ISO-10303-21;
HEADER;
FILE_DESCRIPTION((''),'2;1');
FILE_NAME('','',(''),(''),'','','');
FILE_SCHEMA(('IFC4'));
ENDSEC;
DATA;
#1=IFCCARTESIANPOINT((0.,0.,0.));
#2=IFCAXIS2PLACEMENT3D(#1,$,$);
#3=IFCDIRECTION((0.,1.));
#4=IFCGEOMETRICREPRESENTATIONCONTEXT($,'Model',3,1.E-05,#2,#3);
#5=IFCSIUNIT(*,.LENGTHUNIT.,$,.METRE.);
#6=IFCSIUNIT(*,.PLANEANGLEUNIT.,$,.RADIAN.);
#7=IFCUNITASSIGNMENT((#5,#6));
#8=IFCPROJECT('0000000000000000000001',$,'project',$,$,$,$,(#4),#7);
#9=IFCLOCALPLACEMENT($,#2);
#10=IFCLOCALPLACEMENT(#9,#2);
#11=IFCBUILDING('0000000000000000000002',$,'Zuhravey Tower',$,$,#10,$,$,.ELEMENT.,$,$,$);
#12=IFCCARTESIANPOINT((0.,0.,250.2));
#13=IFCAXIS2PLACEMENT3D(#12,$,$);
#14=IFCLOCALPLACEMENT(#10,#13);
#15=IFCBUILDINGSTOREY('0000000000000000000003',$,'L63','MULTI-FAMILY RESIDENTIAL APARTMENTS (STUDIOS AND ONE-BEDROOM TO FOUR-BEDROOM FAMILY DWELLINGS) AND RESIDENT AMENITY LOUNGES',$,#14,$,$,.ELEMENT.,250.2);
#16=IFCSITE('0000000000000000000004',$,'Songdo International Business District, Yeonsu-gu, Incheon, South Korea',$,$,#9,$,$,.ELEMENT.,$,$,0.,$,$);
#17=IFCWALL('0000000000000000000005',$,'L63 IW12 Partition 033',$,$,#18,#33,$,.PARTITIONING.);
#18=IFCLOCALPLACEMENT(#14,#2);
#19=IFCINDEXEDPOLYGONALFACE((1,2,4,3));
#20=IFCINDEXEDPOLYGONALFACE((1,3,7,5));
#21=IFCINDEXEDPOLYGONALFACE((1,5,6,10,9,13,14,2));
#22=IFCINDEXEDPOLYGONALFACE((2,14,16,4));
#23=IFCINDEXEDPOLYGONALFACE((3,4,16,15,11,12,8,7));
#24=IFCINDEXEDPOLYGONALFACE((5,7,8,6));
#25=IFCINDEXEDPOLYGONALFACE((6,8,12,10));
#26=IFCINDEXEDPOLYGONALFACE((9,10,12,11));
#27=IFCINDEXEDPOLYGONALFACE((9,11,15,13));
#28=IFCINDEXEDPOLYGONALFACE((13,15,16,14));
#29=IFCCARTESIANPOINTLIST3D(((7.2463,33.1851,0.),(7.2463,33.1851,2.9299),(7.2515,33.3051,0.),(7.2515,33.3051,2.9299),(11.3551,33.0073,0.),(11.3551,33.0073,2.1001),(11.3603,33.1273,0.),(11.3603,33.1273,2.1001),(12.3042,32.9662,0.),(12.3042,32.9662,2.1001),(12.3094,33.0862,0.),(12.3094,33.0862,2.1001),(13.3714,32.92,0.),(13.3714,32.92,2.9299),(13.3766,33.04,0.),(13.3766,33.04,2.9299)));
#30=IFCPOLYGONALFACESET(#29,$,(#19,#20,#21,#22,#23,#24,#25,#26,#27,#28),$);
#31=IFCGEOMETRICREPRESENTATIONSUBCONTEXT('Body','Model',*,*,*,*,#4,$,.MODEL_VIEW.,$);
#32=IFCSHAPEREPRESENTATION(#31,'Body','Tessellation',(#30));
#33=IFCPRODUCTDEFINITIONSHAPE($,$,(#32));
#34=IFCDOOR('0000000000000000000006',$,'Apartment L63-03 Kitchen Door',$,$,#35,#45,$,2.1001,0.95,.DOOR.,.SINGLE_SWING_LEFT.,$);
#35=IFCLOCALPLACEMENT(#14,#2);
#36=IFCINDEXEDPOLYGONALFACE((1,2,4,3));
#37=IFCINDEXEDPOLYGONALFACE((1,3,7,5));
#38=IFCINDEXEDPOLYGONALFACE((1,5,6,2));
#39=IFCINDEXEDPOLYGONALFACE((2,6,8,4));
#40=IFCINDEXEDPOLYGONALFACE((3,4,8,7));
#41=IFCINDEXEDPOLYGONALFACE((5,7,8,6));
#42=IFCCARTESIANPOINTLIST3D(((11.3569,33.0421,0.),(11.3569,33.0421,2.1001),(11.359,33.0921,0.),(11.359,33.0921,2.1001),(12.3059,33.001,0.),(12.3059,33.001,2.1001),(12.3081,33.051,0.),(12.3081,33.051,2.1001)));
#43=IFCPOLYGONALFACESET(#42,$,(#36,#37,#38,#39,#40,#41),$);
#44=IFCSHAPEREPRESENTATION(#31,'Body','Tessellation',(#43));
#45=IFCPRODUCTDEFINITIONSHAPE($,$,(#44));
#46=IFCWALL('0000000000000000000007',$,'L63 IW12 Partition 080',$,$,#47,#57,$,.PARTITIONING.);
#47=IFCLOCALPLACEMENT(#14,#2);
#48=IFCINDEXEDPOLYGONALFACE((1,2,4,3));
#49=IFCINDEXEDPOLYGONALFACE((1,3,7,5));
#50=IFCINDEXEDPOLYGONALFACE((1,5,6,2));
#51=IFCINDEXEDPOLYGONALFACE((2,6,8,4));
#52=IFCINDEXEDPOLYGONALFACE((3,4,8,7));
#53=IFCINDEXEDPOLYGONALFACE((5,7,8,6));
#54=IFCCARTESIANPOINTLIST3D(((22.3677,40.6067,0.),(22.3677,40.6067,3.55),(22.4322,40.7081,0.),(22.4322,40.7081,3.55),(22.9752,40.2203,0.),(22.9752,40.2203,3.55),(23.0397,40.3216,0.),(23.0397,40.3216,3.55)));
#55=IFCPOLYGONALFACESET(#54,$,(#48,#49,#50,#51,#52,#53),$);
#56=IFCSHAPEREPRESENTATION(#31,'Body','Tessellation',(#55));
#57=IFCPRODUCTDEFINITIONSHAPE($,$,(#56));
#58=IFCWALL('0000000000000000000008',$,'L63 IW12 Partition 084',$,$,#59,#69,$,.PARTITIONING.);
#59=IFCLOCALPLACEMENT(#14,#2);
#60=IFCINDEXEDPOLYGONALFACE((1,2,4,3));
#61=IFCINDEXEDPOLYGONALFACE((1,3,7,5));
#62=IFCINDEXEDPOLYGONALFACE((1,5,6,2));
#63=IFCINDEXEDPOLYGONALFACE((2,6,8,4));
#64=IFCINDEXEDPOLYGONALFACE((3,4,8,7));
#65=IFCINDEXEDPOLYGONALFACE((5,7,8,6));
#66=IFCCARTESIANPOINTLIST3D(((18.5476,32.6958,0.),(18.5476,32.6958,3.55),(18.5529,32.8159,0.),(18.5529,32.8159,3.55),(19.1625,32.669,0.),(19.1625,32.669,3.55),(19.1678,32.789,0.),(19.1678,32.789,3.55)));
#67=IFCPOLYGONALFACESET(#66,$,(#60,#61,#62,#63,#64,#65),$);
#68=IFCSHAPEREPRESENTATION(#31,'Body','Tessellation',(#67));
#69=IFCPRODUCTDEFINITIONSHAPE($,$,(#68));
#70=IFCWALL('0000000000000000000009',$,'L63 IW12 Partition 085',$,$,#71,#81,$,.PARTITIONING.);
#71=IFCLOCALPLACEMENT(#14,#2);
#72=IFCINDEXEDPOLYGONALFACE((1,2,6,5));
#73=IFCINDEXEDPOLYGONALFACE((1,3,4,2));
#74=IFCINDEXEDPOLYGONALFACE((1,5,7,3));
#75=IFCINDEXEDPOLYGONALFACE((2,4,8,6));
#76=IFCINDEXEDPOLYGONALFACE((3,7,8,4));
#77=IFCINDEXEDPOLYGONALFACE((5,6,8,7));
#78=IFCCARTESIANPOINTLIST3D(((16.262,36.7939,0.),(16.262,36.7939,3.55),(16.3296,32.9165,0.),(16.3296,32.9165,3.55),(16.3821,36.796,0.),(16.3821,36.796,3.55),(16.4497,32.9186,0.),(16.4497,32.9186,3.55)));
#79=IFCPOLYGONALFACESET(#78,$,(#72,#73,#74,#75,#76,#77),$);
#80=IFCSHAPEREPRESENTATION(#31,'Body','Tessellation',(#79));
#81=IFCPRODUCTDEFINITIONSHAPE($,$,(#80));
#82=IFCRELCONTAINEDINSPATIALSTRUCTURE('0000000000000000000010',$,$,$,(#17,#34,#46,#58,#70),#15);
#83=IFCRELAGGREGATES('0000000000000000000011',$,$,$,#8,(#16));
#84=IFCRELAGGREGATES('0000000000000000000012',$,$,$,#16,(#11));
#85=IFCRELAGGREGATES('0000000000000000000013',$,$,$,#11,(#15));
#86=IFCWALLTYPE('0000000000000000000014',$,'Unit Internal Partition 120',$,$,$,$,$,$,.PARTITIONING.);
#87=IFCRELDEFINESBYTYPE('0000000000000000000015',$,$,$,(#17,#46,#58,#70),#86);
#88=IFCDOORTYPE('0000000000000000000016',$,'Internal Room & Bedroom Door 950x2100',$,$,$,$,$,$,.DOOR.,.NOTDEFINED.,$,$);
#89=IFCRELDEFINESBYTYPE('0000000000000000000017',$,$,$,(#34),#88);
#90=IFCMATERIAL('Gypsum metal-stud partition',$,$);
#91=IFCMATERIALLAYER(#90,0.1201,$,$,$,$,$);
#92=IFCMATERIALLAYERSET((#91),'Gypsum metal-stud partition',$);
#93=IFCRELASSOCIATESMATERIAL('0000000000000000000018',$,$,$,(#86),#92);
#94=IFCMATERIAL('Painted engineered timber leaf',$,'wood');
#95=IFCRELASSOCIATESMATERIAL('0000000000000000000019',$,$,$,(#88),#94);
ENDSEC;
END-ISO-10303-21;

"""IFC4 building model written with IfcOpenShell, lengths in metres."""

from ifc_helpers import new_model, si_unit, direction, frame, frame_2d, origin, place, context, subcontext, project, spatial, rectangle, extrude, material, layer, layer_set, type_object, element, fill, save


model = new_model("IFC4")

# Units and contexts
model_context = context("Model", 3, precision=1e-05, world=origin(), true_north=direction((0.0, 1.0)))
body_context = subcontext(model_context, "Body", "Model", "MODEL_VIEW")
ifc_project = project(units=[si_unit("LENGTHUNIT", "METRE"), si_unit("PLANEANGLEUNIT", "RADIAN")], contexts=[model_context])

# Site, building, storey
site_placement = place(None, origin())
site = spatial("IfcSite", under=ifc_project, at=site_placement, Name="Songdo International Business District, Yeonsu-gu, Incheon, South Korea", CompositionType="ELEMENT", RefElevation=0.0)
building_placement = place(site_placement, origin())
building = spatial("IfcBuilding", under=site, at=building_placement, Name="Zuhravey Tower", CompositionType="ELEMENT")
storey_placement = place(building_placement, frame((0.0, 0.0, 250.2)))
storey = spatial("IfcBuildingStorey", under=building, at=storey_placement, Name="L63", Description="MULTI-FAMILY RESIDENTIAL APARTMENTS (STUDIOS AND ONE-BEDROOM TO FOUR-BEDROOM FAMILY DWELLINGS) AND RESIDENT AMENITY LOUNGES", CompositionType="ELEMENT", Elevation=250.2)

# Shared definitions
ifc_material_1 = material(Name="Gypsum metal-stud partition")
ifc_layer_1 = layer(ifc_material_1, 0.1201)
ifc_layer_set_1 = layer_set([ifc_layer_1], Name="Gypsum metal-stud partition")
wall_type_1 = type_object("IfcWallType", Name="Unit Internal Partition 120", PredefinedType="PARTITIONING", material=ifc_layer_set_1)
ifc_material_2 = material(Name="Painted engineered timber leaf", Category="wood")
door_type_1 = type_object("IfcDoorType", Name="Internal Room & Bedroom Door 950x2100", OperationType="NOTDEFINED", PredefinedType="DOOR", material=ifc_material_2)

# Wall, opening, door
wall_1_placement = place(storey_placement, frame((13.374, 32.98, 0.0), z_axis=(0.0, 0.0, 1.0), x_axis=(-0.999064, 0.043245, 0.0)))
wall_1 = element("IfcWall", 1, at=wall_1_placement, inside=storey, type_object=wall_type_1, Name="L63 IW12 Partition 033", PredefinedType="PARTITIONING", context=body_context, shape_type="SweptSolid", body=[
    extrude(rectangle(XDim=6.1309, YDim=0.1201, at=frame_2d((3.0654, 0.0))), origin(), (0.0, 0.0, 1.0), 2.9299),
])
opening_1_placement = place(wall_1_placement, frame((1.0681, 0.0, 0.0)))
opening_1 = element("IfcOpeningElement", 2, at=opening_1_placement, cuts=wall_1, PredefinedType="OPENING", context=body_context, shape_type="SweptSolid", body=[
    extrude(rectangle(XDim=0.95, YDim=2.1001, at=frame_2d((0.4751, 1.05))), frame((0.0, 0.072, 0.0), z_axis=(0.0, -1.0, 0.0), x_axis=(1.0, 0.0, 0.0)), (0.0, 0.0, 1.0), 0.144),
])
door_1_placement = place(opening_1_placement, frame((0.95, 0.0, 0.0), z_axis=(0.0, 0.0, 1.0), x_axis=(-1.0, 0.0, 0.0)))
door_1 = element("IfcDoor", 3, at=door_1_placement, inside=storey, type_object=door_type_1, Name="Apartment L63-03 Kitchen Door", OperationType="SINGLE_SWING_LEFT", OverallHeight=2.1001, OverallWidth=0.95, PredefinedType="DOOR", context=body_context, shape_type="SweptSolid", body=[
    extrude(rectangle(XDim=0.95, YDim=2.1001, at=frame_2d((0.4751, 1.05))), frame((0.0, 0.0249, 0.0), z_axis=(0.0, -1.0, 0.0), x_axis=(1.0, 0.0, 0.0)), (0.0, 0.0, 1.0), 0.05),
])
fill(opening_1, door_1)

# Walls
wall_2_placement = place(storey_placement, frame((23.0073, 40.271, 0.0), z_axis=(0.0, 0.0, 1.0), x_axis=(-0.843703, 0.53681, 0.0)))
element("IfcWall", 4, at=wall_2_placement, inside=storey, type_object=wall_type_1, Name="L63 IW12 Partition 080", PredefinedType="PARTITIONING", context=body_context, shape_type="SweptSolid", body=[
    extrude(rectangle(XDim=0.72, YDim=0.1201, at=frame_2d((0.3599, 0.0))), origin(), (0.0, 0.0, 1.0), 3.55),
])
wall_3_placement = place(storey_placement, frame((19.165, 32.729, 0.0), z_axis=(0.0, 0.0, 1.0), x_axis=(-0.999048, 0.043627, 0.0)))
element("IfcWall", 5, at=wall_3_placement, inside=storey, type_object=wall_type_1, Name="L63 IW12 Partition 084", PredefinedType="PARTITIONING", context=body_context, shape_type="SweptSolid", body=[
    extrude(rectangle(XDim=0.6155, YDim=0.1201, at=frame_2d((0.3076, 0.0))), origin(), (0.0, 0.0, 1.0), 3.55),
])
wall_4_placement = place(storey_placement, frame((16.322, 36.7949, 0.0), z_axis=(0.0, 0.0, 1.0), x_axis=(0.017438, -0.999848, 0.0)))
element("IfcWall", 6, at=wall_4_placement, inside=storey, type_object=wall_type_1, Name="L63 IW12 Partition 085", PredefinedType="PARTITIONING", context=body_context, shape_type="SweptSolid", body=[
    extrude(rectangle(XDim=3.8779, YDim=0.1201, at=frame_2d((1.939, 0.0))), origin(), (0.0, 0.0, 1.0), 3.55),
])

save(model, "model.ifc")
